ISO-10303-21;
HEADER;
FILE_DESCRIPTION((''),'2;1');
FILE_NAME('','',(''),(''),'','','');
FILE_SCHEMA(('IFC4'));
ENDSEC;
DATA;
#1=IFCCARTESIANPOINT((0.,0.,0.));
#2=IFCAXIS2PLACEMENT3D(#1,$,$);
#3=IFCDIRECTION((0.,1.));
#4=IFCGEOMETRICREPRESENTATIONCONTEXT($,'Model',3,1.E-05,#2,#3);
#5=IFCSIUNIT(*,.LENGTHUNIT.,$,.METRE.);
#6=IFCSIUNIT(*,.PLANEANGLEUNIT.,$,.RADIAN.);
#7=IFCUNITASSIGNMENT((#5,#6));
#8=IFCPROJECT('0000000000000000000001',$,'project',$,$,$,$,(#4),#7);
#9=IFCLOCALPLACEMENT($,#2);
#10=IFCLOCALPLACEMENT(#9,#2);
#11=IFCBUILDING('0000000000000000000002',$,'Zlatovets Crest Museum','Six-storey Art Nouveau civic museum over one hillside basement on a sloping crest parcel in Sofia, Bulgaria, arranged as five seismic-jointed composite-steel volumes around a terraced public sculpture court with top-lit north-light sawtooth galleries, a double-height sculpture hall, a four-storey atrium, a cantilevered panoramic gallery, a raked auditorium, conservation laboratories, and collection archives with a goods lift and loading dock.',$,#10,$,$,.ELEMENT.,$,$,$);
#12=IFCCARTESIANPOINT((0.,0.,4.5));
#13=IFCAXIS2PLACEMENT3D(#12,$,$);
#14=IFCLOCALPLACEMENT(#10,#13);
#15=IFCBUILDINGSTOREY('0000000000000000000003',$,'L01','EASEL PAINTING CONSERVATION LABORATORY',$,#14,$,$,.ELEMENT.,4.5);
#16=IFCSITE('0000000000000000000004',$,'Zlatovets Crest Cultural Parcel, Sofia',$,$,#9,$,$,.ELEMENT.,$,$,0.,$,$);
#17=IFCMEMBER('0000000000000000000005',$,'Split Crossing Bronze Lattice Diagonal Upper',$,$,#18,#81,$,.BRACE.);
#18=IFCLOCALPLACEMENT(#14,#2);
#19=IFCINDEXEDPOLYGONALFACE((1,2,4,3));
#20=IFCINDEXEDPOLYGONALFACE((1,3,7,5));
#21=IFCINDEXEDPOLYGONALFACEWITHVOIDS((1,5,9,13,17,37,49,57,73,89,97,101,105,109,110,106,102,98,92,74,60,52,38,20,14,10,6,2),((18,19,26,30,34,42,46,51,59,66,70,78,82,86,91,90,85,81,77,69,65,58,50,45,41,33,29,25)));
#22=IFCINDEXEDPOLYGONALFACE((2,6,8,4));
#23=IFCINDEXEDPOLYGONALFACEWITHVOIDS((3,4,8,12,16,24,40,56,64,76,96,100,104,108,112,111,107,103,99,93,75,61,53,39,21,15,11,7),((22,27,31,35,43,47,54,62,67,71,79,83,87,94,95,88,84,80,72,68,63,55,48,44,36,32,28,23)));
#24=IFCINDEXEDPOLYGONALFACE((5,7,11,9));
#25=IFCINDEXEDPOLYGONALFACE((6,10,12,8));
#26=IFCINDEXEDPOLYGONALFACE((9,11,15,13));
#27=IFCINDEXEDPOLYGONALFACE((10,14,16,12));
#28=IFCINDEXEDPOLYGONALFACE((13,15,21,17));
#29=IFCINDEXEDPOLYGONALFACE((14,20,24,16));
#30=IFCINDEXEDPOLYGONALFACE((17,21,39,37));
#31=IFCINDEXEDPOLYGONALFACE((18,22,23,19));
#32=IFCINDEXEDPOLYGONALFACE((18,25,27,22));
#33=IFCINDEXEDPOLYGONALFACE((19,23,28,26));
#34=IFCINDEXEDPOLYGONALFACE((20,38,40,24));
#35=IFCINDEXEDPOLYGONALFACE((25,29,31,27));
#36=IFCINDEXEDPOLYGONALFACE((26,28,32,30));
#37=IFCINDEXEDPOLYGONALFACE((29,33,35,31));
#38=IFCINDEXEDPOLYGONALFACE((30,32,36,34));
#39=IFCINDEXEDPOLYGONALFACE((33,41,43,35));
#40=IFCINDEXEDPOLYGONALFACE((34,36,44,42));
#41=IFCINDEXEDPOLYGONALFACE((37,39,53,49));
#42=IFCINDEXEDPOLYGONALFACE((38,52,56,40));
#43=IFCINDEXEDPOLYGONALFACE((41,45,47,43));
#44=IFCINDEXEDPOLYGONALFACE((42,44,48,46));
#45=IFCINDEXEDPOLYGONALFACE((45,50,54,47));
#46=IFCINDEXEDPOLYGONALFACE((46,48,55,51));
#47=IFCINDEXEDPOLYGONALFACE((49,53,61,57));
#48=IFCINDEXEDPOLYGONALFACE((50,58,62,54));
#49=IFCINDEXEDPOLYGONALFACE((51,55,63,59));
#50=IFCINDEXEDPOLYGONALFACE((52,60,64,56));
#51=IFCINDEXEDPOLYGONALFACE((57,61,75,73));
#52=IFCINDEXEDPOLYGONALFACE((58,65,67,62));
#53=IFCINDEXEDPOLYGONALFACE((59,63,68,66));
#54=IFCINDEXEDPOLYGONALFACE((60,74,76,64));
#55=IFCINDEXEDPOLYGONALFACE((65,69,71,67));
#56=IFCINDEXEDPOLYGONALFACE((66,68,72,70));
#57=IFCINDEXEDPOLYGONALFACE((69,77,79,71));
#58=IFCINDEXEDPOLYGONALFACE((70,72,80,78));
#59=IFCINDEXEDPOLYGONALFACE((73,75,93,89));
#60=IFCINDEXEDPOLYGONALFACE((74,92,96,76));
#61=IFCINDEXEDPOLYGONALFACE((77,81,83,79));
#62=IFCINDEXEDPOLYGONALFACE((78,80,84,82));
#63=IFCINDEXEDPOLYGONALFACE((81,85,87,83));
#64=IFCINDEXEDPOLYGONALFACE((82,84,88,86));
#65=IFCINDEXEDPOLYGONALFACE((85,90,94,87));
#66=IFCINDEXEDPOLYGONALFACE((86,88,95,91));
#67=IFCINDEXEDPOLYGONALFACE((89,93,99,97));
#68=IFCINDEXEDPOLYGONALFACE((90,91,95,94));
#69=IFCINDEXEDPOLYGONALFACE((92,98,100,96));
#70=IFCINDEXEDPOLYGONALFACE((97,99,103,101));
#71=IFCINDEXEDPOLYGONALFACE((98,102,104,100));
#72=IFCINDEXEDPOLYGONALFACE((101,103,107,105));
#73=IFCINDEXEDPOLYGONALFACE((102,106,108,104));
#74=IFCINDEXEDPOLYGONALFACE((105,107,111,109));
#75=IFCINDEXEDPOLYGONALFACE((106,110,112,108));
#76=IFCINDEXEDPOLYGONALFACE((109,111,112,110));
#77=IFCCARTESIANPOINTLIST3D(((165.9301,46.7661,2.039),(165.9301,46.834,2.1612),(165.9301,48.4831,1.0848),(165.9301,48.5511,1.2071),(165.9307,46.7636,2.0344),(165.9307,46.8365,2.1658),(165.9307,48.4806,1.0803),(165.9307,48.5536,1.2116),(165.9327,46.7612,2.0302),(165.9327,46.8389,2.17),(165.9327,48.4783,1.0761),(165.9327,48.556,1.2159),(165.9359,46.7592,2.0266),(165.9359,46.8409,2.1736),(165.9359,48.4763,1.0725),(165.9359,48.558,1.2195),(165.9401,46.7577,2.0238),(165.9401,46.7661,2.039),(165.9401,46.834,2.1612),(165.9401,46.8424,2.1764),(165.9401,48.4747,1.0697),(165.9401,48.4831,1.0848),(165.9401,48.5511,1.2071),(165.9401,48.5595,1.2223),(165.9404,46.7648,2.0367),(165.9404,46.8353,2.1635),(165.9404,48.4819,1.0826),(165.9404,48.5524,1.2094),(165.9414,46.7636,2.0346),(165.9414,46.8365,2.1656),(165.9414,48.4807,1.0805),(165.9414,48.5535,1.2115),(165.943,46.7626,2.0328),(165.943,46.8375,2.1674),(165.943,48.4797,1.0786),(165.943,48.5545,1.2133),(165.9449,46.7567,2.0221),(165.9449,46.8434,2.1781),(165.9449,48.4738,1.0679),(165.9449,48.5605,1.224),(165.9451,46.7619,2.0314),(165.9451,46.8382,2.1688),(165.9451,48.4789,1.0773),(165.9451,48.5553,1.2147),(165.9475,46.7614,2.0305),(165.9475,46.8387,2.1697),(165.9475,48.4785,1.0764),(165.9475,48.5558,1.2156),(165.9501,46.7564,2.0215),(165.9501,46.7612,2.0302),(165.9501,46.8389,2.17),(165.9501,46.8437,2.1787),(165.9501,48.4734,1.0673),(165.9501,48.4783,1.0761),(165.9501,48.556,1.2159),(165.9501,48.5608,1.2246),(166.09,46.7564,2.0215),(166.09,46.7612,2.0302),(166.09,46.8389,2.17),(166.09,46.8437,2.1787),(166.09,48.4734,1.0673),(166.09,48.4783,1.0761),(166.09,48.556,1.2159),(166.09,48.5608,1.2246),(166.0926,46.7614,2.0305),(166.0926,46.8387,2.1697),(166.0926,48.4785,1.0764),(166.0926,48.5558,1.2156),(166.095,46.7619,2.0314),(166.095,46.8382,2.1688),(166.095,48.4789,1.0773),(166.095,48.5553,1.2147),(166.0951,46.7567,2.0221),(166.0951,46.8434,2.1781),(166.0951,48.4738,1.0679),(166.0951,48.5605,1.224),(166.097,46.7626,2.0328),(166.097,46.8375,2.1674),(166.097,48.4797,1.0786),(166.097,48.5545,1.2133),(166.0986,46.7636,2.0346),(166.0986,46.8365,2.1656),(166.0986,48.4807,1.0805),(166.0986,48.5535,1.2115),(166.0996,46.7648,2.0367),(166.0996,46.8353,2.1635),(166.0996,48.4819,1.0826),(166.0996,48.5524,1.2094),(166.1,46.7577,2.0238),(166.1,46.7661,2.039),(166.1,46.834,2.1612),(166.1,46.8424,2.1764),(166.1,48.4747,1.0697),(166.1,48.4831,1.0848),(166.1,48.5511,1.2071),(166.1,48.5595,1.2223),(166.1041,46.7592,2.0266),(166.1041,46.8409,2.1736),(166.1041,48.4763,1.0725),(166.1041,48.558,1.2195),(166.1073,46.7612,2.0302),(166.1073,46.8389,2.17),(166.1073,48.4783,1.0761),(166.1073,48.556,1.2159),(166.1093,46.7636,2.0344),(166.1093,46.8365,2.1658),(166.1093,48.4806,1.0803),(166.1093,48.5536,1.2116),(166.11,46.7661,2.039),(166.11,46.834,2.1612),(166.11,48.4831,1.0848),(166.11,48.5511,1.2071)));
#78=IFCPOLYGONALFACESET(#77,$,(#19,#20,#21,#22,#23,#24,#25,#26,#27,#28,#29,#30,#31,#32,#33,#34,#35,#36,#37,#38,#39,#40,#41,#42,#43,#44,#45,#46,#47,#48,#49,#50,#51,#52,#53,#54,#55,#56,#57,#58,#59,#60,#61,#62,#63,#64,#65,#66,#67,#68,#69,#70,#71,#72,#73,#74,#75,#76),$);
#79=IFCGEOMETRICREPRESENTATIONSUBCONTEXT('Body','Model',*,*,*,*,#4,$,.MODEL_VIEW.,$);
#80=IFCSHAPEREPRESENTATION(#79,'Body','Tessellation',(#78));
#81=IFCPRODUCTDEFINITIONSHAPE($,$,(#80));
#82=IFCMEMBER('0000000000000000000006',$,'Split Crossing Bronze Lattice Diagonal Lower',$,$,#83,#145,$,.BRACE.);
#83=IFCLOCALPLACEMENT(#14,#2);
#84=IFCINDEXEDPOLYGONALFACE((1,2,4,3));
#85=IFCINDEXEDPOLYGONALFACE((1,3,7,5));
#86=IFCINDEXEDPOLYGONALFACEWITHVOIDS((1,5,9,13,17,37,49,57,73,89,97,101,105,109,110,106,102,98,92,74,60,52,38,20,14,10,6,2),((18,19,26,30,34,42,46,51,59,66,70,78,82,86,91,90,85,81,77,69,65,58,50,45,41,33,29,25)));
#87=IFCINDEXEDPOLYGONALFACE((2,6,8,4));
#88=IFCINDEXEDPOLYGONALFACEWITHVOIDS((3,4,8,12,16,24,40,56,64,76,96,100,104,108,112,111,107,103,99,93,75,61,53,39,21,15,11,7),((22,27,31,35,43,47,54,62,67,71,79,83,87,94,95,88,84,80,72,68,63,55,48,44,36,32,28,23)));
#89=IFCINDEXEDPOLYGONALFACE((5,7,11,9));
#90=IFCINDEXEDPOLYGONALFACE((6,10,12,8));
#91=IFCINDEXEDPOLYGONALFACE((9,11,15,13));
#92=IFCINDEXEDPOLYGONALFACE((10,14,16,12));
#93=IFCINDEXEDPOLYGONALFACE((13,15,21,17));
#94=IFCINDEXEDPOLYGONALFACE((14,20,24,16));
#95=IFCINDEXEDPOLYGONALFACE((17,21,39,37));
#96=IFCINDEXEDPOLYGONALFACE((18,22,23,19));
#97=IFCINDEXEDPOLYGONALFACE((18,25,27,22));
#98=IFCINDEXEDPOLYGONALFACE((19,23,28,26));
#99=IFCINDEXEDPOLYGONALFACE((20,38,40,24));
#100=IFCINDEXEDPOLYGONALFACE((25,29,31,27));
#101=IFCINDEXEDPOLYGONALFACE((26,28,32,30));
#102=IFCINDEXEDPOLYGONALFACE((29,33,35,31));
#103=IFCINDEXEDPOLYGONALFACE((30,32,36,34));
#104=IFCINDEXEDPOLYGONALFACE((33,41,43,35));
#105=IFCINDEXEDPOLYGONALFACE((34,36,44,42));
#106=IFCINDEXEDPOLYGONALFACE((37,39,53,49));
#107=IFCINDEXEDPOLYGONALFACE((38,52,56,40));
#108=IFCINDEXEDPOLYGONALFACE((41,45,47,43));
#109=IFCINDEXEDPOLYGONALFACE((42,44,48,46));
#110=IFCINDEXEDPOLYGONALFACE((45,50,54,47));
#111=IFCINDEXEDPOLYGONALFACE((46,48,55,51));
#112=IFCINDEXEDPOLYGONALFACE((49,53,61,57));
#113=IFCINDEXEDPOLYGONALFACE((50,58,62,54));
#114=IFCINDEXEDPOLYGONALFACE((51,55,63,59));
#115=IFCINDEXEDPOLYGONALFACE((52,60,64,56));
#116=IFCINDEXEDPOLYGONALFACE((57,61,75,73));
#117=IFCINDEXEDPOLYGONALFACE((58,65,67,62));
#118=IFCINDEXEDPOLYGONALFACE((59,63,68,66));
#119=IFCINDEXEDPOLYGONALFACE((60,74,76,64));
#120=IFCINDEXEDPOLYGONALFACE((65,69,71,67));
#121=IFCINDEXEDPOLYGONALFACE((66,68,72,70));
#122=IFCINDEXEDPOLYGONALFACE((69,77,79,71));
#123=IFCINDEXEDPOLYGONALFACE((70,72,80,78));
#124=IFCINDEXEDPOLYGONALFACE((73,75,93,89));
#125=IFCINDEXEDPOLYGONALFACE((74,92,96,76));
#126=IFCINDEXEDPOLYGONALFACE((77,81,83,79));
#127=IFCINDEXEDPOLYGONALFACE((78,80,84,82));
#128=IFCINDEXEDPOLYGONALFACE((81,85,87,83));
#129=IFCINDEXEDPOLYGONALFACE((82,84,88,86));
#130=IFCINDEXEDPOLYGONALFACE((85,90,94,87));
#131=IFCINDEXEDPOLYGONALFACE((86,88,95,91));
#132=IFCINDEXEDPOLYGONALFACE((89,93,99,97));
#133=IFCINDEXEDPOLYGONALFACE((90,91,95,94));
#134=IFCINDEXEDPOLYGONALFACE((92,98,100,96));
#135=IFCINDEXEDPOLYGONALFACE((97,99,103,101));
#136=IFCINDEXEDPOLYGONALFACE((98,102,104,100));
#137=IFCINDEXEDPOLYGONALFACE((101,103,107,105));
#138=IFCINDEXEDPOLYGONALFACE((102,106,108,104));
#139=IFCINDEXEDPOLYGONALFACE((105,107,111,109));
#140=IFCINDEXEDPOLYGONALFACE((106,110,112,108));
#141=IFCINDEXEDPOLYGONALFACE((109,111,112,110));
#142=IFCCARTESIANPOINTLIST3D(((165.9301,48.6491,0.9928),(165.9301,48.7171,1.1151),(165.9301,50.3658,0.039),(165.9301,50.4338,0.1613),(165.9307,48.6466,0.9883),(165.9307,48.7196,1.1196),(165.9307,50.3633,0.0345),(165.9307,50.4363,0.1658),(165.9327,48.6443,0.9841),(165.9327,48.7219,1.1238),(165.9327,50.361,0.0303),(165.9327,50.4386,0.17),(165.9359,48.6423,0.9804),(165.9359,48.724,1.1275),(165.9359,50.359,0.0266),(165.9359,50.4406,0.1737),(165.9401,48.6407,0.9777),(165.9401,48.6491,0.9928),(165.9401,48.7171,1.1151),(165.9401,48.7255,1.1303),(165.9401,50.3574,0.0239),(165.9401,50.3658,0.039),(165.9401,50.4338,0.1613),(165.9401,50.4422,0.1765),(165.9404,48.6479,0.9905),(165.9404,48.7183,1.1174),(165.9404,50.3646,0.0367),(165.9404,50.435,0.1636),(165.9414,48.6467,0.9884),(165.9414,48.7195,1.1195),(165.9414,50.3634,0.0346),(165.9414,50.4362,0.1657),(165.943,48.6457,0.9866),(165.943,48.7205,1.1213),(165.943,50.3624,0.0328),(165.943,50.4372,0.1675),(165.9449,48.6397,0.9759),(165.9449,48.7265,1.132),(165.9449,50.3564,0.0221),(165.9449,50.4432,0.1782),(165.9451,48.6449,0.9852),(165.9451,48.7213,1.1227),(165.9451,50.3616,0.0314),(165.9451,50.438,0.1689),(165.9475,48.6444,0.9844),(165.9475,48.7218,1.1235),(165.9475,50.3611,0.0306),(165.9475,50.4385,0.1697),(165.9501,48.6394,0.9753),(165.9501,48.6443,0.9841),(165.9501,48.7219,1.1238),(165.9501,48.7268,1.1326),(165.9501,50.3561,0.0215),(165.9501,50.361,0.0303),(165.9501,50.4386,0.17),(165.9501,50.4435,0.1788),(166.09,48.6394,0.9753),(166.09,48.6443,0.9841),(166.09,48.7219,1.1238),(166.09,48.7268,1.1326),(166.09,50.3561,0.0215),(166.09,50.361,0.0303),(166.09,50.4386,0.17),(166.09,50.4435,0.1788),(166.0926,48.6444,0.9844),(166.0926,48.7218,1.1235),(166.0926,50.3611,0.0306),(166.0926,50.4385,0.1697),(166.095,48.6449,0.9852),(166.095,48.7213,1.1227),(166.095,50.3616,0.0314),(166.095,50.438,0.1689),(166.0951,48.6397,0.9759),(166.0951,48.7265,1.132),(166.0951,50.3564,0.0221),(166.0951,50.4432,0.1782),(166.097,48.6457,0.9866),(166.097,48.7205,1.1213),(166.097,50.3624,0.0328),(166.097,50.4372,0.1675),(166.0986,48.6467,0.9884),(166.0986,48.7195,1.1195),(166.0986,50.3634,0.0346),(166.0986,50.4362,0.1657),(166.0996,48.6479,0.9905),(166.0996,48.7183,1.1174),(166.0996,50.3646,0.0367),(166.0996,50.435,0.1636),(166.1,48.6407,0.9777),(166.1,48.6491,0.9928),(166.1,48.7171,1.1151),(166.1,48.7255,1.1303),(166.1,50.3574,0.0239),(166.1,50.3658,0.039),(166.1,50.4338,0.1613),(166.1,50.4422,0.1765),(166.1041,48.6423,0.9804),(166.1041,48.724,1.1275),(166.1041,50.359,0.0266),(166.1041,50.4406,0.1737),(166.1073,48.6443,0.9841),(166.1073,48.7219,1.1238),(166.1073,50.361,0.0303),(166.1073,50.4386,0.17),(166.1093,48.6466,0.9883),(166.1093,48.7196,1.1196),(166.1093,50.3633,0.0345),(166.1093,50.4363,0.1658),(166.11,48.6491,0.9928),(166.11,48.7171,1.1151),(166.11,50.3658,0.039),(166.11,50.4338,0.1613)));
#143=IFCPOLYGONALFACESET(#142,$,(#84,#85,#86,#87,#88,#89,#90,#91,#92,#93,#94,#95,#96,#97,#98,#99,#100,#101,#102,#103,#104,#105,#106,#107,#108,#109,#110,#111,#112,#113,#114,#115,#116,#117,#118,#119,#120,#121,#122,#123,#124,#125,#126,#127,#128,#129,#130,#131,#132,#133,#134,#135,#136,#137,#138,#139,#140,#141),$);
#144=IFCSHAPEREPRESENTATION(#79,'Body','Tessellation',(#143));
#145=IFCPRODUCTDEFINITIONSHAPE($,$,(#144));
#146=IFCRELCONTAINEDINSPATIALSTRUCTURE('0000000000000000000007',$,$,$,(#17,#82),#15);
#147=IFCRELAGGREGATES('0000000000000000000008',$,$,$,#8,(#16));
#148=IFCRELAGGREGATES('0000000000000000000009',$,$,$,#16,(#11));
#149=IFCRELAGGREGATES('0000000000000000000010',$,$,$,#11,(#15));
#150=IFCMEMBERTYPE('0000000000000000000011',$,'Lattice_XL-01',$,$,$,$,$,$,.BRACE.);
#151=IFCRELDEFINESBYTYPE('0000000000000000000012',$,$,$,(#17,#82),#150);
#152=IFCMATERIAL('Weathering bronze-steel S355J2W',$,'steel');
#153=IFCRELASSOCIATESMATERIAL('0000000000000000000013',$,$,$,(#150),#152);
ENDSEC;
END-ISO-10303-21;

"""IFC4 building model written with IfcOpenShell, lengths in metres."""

from ifc_helpers import new_model, si_unit, direction, frame, origin, origin_2d, place, context, subcontext, project, spatial, hollow_rectangle, extrude, material, material_profile, profile_set, type_object, element, save


model = new_model("IFC4")

# Units and contexts
model_context = context("Model", 3, precision=1e-05, world=origin(), true_north=direction((0.0, 1.0)))
body_context = subcontext(model_context, "Body", "Model", "MODEL_VIEW")
ifc_project = project(units=[si_unit("LENGTHUNIT", "METRE"), si_unit("PLANEANGLEUNIT", "RADIAN")], contexts=[model_context])

# Site, building, storey
site_placement = place(None, origin())
site = spatial("IfcSite", under=ifc_project, at=site_placement, Name="Zlatovets Crest Cultural Parcel, Sofia", CompositionType="ELEMENT", RefElevation=0.0)
building_placement = place(site_placement, origin())
building = spatial("IfcBuilding", under=site, at=building_placement, Name="Zlatovets Crest Museum", Description="Six-storey Art Nouveau civic museum over one hillside basement on a sloping crest parcel in Sofia, Bulgaria, arranged as five seismic-jointed composite-steel volumes around a terraced public sculpture court with top-lit north-light sawtooth galleries, a double-height sculpture hall, a four-storey atrium, a cantilevered panoramic gallery, a raked auditorium, conservation laboratories, and collection archives with a goods lift and loading dock.", CompositionType="ELEMENT")
storey_placement = place(building_placement, frame((0.0, 0.0, 4.5)))
storey = spatial("IfcBuildingStorey", under=building, at=storey_placement, Name="L01", Description="EASEL PAINTING CONSERVATION LABORATORY", CompositionType="ELEMENT", Elevation=4.5)

# Members
ifc_material_1 = material(Name="Weathering bronze-steel S355J2W", Category="steel")
ifc_material_profile_1 = material_profile(ifc_material_1, hollow_rectangle(XDim=0.1799, YDim=0.1799, WallThickness=0.01, InnerFilletRadius=0.01, OuterFilletRadius=0.02, at=origin_2d()), Name="SHS 180x180x10.0")
ifc_profile_set_1 = profile_set([ifc_material_profile_1], Name="Weathering bronze-steel S355J2W")
member_type_1 = type_object("IfcMemberType", Name="Lattice_XL-01", PredefinedType="BRACE", material=ifc_profile_set_1)
member_1_placement = place(storey_placement, frame((166.02, 46.8, 2.1001), z_axis=(0.0, 0.874116, -0.485717), x_axis=(-1.0, 0.0, 0.0)))
element("IfcMember", 1, at=member_1_placement, inside=storey, type_object=member_type_1, Name="Split Crossing Bronze Lattice Diagonal Upper", PredefinedType="BRACE", context=body_context, shape_type="SweptSolid", body=[
    extrude(hollow_rectangle(XDim=0.1799, YDim=0.1799, WallThickness=0.01, InnerFilletRadius=0.01, OuterFilletRadius=0.02, at=origin_2d()), origin(), (0.0, 0.0, 1.0), 1.9644),
])
member_2_placement = place(storey_placement, frame((166.02, 48.6831, 1.054), z_axis=(0.0, 0.87414, -0.485675), x_axis=(-1.0, 0.0, 0.0)))
element("IfcMember", 2, at=member_2_placement, inside=storey, type_object=member_type_1, Name="Split Crossing Bronze Lattice Diagonal Lower", PredefinedType="BRACE", context=body_context, shape_type="SweptSolid", body=[
    extrude(hollow_rectangle(XDim=0.1799, YDim=0.1799, WallThickness=0.01, InnerFilletRadius=0.01, OuterFilletRadius=0.02, at=origin_2d()), origin(), (0.0, 0.0, 1.0), 1.9639),
])

save(model, "model.ifc")
